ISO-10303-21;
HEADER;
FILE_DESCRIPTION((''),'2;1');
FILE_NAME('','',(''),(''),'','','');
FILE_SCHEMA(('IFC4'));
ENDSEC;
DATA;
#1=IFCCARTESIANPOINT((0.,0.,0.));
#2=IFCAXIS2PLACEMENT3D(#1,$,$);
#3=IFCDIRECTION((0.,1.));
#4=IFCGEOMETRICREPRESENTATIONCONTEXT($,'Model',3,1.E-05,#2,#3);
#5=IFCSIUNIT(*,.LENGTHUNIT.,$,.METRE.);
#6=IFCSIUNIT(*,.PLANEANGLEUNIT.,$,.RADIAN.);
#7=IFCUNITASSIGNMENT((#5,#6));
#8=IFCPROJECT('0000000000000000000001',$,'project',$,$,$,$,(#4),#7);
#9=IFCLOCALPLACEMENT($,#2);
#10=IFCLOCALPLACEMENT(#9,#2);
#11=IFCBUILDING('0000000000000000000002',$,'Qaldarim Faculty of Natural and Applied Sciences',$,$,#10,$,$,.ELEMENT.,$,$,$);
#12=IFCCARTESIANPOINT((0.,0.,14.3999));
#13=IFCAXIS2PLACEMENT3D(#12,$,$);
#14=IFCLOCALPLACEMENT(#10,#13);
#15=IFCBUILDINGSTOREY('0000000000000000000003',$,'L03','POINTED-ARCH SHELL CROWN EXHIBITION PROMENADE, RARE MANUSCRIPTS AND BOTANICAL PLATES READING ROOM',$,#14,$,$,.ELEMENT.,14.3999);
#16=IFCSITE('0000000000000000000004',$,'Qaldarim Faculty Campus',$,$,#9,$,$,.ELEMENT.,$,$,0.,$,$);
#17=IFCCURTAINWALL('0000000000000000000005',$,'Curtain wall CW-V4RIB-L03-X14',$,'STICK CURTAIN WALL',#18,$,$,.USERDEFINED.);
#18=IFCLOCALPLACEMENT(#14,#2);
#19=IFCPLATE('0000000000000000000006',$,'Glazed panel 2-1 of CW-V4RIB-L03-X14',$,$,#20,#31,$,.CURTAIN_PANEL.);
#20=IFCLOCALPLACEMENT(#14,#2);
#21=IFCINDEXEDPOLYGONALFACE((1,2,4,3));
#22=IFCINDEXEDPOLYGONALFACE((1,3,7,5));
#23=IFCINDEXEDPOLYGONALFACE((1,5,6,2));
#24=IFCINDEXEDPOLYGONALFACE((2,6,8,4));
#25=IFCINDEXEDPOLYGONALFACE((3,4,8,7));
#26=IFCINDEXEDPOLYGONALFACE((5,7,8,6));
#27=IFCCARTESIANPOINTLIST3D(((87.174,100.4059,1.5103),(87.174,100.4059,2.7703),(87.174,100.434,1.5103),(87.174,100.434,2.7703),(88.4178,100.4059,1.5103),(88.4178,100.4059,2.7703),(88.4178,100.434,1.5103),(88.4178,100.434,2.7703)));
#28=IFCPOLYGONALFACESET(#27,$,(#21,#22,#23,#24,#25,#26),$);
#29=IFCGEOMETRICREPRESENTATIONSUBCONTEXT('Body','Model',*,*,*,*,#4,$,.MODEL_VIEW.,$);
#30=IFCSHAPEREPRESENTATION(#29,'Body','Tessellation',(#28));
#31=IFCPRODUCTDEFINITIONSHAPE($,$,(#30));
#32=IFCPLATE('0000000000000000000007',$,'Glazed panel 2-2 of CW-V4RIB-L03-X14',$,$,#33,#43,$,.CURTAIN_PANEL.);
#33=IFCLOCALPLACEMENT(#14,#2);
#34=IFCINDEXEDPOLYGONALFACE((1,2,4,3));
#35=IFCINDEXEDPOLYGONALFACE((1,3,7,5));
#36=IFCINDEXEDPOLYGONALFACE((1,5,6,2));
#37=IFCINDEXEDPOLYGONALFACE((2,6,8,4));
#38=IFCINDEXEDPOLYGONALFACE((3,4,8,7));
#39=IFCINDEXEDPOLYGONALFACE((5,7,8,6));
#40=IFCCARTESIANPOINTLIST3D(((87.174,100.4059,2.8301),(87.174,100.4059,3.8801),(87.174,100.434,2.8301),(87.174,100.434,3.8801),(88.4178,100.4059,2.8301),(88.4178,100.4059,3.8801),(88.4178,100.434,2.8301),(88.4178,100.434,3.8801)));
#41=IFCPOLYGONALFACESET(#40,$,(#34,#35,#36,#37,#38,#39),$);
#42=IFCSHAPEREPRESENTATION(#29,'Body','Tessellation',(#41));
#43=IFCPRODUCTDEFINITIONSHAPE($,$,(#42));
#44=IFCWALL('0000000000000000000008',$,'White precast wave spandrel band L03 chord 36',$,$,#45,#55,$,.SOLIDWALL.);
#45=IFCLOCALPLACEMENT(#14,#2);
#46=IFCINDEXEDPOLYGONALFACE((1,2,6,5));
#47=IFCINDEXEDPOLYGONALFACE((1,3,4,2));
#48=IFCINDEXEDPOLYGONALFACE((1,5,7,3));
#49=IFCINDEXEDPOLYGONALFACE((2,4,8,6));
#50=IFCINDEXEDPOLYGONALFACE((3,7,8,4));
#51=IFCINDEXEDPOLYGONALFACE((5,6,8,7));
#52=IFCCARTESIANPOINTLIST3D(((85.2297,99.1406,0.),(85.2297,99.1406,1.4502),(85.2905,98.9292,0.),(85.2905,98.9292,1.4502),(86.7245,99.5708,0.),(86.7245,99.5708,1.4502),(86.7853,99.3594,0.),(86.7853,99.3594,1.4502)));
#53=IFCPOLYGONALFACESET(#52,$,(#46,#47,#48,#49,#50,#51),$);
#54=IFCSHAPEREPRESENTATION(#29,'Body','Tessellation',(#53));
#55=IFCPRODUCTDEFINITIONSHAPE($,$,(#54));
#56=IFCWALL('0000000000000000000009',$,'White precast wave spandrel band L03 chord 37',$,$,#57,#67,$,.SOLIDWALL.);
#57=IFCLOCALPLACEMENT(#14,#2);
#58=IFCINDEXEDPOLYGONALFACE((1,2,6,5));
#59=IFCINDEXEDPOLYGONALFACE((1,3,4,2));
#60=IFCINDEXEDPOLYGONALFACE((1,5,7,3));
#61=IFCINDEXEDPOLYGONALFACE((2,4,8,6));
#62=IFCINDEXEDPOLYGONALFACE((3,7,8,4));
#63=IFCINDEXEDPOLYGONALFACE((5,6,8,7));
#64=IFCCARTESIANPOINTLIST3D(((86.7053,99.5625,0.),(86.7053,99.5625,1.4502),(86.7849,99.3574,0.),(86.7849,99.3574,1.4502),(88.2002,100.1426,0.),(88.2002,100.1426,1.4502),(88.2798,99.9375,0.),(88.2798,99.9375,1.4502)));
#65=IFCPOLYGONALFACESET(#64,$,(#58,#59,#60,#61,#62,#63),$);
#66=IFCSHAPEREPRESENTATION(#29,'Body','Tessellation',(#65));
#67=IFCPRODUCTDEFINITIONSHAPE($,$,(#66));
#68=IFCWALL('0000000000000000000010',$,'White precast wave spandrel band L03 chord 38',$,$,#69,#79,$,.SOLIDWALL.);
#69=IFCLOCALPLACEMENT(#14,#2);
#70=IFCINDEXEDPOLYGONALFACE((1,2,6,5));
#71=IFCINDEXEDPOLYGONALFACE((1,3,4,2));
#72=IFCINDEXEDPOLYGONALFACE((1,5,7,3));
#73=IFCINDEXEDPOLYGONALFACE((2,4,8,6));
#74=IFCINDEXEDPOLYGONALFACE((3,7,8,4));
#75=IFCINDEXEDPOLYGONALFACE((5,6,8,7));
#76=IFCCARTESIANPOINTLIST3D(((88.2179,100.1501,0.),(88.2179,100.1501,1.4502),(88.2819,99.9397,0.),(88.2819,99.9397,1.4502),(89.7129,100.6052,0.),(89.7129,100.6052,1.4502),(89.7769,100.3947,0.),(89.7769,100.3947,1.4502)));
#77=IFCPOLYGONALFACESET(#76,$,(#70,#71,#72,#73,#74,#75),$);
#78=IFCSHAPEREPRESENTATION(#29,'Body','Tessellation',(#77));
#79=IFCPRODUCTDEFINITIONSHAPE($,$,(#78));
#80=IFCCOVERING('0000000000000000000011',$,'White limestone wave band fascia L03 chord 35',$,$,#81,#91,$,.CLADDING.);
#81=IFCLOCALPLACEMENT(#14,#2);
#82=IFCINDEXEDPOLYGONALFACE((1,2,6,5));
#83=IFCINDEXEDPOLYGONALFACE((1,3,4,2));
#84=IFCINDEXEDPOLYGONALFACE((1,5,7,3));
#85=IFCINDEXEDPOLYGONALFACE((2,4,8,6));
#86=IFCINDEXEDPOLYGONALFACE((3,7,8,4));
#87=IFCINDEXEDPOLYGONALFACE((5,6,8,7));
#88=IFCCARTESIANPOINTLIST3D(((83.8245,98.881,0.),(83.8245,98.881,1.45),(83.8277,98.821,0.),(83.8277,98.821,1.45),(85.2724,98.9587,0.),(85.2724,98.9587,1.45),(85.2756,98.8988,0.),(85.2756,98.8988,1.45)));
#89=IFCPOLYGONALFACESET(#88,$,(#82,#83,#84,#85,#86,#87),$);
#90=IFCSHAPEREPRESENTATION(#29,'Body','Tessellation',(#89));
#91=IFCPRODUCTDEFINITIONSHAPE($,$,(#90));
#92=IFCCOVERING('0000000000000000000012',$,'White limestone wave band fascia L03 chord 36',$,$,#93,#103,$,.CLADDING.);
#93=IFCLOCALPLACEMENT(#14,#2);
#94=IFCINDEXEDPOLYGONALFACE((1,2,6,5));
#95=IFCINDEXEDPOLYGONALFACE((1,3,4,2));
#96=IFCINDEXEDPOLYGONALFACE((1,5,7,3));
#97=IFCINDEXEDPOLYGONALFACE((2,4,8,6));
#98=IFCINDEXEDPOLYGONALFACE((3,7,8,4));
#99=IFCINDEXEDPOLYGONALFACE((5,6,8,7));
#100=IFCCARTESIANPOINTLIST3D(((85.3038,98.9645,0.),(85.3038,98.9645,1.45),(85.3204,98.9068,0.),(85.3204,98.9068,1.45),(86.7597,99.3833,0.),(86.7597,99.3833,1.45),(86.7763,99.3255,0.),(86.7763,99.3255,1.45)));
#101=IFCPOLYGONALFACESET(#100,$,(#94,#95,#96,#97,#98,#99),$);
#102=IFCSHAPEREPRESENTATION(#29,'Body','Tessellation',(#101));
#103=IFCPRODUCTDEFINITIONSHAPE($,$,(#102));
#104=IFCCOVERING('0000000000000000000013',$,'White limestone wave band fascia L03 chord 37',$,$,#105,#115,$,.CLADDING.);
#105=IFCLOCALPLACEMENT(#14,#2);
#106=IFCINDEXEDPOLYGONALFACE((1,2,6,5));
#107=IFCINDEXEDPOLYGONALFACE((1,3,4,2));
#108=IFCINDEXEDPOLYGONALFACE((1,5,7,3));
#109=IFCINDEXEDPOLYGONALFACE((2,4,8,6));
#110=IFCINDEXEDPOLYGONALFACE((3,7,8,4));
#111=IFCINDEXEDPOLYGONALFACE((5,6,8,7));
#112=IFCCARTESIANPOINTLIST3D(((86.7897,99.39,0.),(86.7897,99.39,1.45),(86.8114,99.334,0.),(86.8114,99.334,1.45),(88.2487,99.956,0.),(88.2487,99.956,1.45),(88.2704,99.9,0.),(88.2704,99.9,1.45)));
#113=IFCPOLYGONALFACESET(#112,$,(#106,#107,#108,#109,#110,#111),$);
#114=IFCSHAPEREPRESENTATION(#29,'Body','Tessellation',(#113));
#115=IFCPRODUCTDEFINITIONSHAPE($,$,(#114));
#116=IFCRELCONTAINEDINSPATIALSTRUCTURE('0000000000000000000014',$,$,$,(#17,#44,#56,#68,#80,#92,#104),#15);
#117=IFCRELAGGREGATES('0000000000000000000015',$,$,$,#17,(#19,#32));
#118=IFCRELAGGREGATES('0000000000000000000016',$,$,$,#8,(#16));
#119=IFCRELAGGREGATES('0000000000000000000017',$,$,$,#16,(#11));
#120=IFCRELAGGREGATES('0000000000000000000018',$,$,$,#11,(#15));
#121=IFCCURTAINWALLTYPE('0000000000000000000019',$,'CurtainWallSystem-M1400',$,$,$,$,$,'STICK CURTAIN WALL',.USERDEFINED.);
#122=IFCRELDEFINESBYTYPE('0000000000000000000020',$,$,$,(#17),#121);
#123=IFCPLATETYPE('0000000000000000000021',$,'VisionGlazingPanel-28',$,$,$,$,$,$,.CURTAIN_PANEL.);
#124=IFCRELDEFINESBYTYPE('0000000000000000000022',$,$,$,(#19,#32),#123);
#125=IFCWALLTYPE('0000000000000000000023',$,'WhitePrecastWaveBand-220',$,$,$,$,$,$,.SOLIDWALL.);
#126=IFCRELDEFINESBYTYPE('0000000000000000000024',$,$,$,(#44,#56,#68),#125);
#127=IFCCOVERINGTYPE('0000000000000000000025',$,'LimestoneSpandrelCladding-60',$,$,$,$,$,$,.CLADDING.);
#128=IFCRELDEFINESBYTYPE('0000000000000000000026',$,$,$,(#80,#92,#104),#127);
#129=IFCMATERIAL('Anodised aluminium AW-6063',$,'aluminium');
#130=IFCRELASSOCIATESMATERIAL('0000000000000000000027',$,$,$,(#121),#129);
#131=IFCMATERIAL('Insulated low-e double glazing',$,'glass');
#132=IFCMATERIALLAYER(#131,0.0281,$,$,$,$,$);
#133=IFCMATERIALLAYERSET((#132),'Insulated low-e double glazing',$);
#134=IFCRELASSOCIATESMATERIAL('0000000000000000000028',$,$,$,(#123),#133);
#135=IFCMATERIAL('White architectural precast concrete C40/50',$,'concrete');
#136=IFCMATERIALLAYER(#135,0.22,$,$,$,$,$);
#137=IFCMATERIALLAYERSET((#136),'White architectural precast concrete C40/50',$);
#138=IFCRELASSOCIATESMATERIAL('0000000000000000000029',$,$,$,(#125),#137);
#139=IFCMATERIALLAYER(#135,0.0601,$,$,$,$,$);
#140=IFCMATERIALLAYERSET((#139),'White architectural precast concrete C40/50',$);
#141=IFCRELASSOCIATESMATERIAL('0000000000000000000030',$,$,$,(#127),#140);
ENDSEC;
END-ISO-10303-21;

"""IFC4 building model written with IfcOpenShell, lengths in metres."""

from ifc_helpers import new_model, si_unit, direction, frame, frame_2d, origin, origin_2d, place, context, subcontext, project, spatial, rectangle, extrude, material, layer, layer_set, type_object, element, aggregate, save


model = new_model("IFC4")

# Units and contexts
model_context = context("Model", 3, precision=1e-05, world=origin(), true_north=direction((0.0, 1.0)))
body_context = subcontext(model_context, "Body", "Model", "MODEL_VIEW")
ifc_project = project(units=[si_unit("LENGTHUNIT", "METRE"), si_unit("PLANEANGLEUNIT", "RADIAN")], contexts=[model_context])

# Site, building, storey
site_placement = place(None, origin())
site = spatial("IfcSite", under=ifc_project, at=site_placement, Name="Qaldarim Faculty Campus", CompositionType="ELEMENT", RefElevation=0.0)
building_placement = place(site_placement, origin())
building = spatial("IfcBuilding", under=site, at=building_placement, Name="Qaldarim Faculty of Natural and Applied Sciences", CompositionType="ELEMENT")
storey_placement = place(building_placement, frame((0.0, 0.0, 14.3999)))
storey = spatial("IfcBuildingStorey", under=building, at=storey_placement, Name="L03", Description="POINTED-ARCH SHELL CROWN EXHIBITION PROMENADE, RARE MANUSCRIPTS AND BOTANICAL PLATES READING ROOM", CompositionType="ELEMENT", Elevation=14.3999)

# Shared definitions
ifc_material_1 = material(Name="Anodised aluminium AW-6063", Category="aluminium")
curtain_wall_type = type_object("IfcCurtainWallType", Name="CurtainWallSystem-M1400", ElementType="STICK CURTAIN WALL", PredefinedType="USERDEFINED", material=ifc_material_1)

# Curtain wall
curtain_wall_1_placement = place(storey_placement, origin())
curtain_wall_1 = element("IfcCurtainWall", 1, at=curtain_wall_1_placement, inside=storey, type_object=curtain_wall_type, Name="Curtain wall CW-V4RIB-L03-X14", ObjectType="STICK CURTAIN WALL", PredefinedType="USERDEFINED")

# Plates
ifc_material_2 = material(Name="Insulated low-e double glazing", Category="glass")
ifc_layer_1 = layer(ifc_material_2, 0.0281)
ifc_layer_set_1 = layer_set([ifc_layer_1], Name="Insulated low-e double glazing")
plate_type = type_object("IfcPlateType", Name="VisionGlazingPanel-28", PredefinedType="CURTAIN_PANEL", material=ifc_layer_set_1)
plate_1_placement = place(storey_placement, frame((87.7959, 100.4199, 1.5103), z_axis=(0.0, 0.0, 1.0), x_axis=(1.0, 0.0, 0.0)))
plate_1 = element("IfcPlate", 2, at=plate_1_placement, type_object=plate_type, Name="Glazed panel 2-1 of CW-V4RIB-L03-X14", PredefinedType="CURTAIN_PANEL", context=body_context, shape_type="SweptSolid", body=[
    extrude(rectangle(XDim=1.2439, YDim=0.0281, at=origin_2d()), origin(), (0.0, 0.0, 1.0), 1.26),
])
plate_2_placement = place(storey_placement, frame((87.7959, 100.4199, 2.8301), z_axis=(0.0, 0.0, 1.0), x_axis=(1.0, 0.0, 0.0)))
plate_2 = element("IfcPlate", 3, at=plate_2_placement, type_object=plate_type, Name="Glazed panel 2-2 of CW-V4RIB-L03-X14", PredefinedType="CURTAIN_PANEL", context=body_context, shape_type="SweptSolid", body=[
    extrude(rectangle(XDim=1.2439, YDim=0.0281, at=origin_2d()), origin(), (0.0, 0.0, 1.0), 1.05),
])
aggregate(curtain_wall_1, [plate_1, plate_2])

# Walls
ifc_material_3 = material(Name="White architectural precast concrete C40/50", Category="concrete")
ifc_layer_2 = layer(ifc_material_3, 0.22)
ifc_layer_set_2 = layer_set([ifc_layer_2], Name="White architectural precast concrete C40/50")
wall_type = type_object("IfcWallType", Name="WhitePrecastWaveBand-220", PredefinedType="SOLIDWALL", material=ifc_layer_set_2)
wall_1_placement = place(storey_placement, frame((85.26, 99.0349, 0.0), z_axis=(0.0, 0.0, 1.0), x_axis=(0.961001, 0.276545, 0.0)))
element("IfcWall", 4, at=wall_1_placement, inside=storey, type_object=wall_type, Name="White precast wave spandrel band L03 chord 36", PredefinedType="SOLIDWALL", context=body_context, shape_type="SweptSolid", body=[
    extrude(rectangle(XDim=1.5554, YDim=0.22, at=frame_2d((0.7778, 0.0))), origin(), (0.0, 0.0, 1.0), 1.4502),
])
wall_2_placement = place(storey_placement, frame((86.7451, 99.46, 0.0), z_axis=(0.0, 0.0, 1.0), x_axis=(0.93227, 0.361763, 0.0)))
element("IfcWall", 5, at=wall_2_placement, inside=storey, type_object=wall_type, Name="White precast wave spandrel band L03 chord 37", PredefinedType="SOLIDWALL", context=body_context, shape_type="SweptSolid", body=[
    extrude(rectangle(XDim=1.6035, YDim=0.22, at=frame_2d((0.8018, 0.0))), origin(), (0.0, 0.0, 1.0), 1.4502),
])
wall_3_placement = place(storey_placement, frame((88.25, 100.0449, 0.0), z_axis=(0.0, 0.0, 1.0), x_axis=(0.956666, 0.291186, 0.0)))
element("IfcWall", 6, at=wall_3_placement, inside=storey, type_object=wall_type, Name="White precast wave spandrel band L03 chord 38", PredefinedType="SOLIDWALL", context=body_context, shape_type="SweptSolid", body=[
    extrude(rectangle(XDim=1.5627, YDim=0.22, at=frame_2d((0.7812, 0.0))), origin(), (0.0, 0.0, 1.0), 1.4502),
])

# Coverings
ifc_layer_3 = layer(ifc_material_3, 0.0601)
ifc_layer_set_3 = layer_set([ifc_layer_3], Name="White architectural precast concrete C40/50")
covering_type = type_object("IfcCoveringType", Name="LimestoneSpandrelCladding-60", PredefinedType="CLADDING", material=ifc_layer_set_3)
covering_1_placement = place(storey_placement, frame((84.55, 98.8899, 0.0), z_axis=(0.0, 0.0, 1.0), x_axis=(0.998562, 0.053608, 0.0)))
element("IfcCovering", 7, at=covering_1_placement, inside=storey, type_object=covering_type, Name="White limestone wave band fascia L03 chord 35", PredefinedType="CLADDING", context=body_context, shape_type="SweptSolid", body=[
    extrude(rectangle(XDim=1.45, YDim=0.0601, at=origin_2d()), origin(), (0.0, 0.0, 1.0), 1.45),
])
covering_2_placement = place(storey_placement, frame((86.04, 99.145, 0.0), z_axis=(0.0, 0.0, 1.0), x_axis=(0.961035, 0.276426, 0.0)))
element("IfcCovering", 8, at=covering_2_placement, inside=storey, type_object=covering_type, Name="White limestone wave band fascia L03 chord 36", PredefinedType="CLADDING", context=body_context, shape_type="SweptSolid", body=[
    extrude(rectangle(XDim=1.5149, YDim=0.0601, at=origin_2d()), origin(), (0.0, 0.0, 1.0), 1.45),
])
covering_3_placement = place(storey_placement, frame((87.53, 99.645, 0.0), z_axis=(0.0, 0.0, 1.0), x_axis=(0.932299, 0.36169, 0.0)))
element("IfcCovering", 9, at=covering_3_placement, inside=storey, type_object=covering_type, Name="White limestone wave band fascia L03 chord 37", PredefinedType="CLADDING", context=body_context, shape_type="SweptSolid", body=[
    extrude(rectangle(XDim=1.5649, YDim=0.0601, at=origin_2d()), origin(), (0.0, 0.0, 1.0), 1.45),
])

save(model, "model.ifc")
